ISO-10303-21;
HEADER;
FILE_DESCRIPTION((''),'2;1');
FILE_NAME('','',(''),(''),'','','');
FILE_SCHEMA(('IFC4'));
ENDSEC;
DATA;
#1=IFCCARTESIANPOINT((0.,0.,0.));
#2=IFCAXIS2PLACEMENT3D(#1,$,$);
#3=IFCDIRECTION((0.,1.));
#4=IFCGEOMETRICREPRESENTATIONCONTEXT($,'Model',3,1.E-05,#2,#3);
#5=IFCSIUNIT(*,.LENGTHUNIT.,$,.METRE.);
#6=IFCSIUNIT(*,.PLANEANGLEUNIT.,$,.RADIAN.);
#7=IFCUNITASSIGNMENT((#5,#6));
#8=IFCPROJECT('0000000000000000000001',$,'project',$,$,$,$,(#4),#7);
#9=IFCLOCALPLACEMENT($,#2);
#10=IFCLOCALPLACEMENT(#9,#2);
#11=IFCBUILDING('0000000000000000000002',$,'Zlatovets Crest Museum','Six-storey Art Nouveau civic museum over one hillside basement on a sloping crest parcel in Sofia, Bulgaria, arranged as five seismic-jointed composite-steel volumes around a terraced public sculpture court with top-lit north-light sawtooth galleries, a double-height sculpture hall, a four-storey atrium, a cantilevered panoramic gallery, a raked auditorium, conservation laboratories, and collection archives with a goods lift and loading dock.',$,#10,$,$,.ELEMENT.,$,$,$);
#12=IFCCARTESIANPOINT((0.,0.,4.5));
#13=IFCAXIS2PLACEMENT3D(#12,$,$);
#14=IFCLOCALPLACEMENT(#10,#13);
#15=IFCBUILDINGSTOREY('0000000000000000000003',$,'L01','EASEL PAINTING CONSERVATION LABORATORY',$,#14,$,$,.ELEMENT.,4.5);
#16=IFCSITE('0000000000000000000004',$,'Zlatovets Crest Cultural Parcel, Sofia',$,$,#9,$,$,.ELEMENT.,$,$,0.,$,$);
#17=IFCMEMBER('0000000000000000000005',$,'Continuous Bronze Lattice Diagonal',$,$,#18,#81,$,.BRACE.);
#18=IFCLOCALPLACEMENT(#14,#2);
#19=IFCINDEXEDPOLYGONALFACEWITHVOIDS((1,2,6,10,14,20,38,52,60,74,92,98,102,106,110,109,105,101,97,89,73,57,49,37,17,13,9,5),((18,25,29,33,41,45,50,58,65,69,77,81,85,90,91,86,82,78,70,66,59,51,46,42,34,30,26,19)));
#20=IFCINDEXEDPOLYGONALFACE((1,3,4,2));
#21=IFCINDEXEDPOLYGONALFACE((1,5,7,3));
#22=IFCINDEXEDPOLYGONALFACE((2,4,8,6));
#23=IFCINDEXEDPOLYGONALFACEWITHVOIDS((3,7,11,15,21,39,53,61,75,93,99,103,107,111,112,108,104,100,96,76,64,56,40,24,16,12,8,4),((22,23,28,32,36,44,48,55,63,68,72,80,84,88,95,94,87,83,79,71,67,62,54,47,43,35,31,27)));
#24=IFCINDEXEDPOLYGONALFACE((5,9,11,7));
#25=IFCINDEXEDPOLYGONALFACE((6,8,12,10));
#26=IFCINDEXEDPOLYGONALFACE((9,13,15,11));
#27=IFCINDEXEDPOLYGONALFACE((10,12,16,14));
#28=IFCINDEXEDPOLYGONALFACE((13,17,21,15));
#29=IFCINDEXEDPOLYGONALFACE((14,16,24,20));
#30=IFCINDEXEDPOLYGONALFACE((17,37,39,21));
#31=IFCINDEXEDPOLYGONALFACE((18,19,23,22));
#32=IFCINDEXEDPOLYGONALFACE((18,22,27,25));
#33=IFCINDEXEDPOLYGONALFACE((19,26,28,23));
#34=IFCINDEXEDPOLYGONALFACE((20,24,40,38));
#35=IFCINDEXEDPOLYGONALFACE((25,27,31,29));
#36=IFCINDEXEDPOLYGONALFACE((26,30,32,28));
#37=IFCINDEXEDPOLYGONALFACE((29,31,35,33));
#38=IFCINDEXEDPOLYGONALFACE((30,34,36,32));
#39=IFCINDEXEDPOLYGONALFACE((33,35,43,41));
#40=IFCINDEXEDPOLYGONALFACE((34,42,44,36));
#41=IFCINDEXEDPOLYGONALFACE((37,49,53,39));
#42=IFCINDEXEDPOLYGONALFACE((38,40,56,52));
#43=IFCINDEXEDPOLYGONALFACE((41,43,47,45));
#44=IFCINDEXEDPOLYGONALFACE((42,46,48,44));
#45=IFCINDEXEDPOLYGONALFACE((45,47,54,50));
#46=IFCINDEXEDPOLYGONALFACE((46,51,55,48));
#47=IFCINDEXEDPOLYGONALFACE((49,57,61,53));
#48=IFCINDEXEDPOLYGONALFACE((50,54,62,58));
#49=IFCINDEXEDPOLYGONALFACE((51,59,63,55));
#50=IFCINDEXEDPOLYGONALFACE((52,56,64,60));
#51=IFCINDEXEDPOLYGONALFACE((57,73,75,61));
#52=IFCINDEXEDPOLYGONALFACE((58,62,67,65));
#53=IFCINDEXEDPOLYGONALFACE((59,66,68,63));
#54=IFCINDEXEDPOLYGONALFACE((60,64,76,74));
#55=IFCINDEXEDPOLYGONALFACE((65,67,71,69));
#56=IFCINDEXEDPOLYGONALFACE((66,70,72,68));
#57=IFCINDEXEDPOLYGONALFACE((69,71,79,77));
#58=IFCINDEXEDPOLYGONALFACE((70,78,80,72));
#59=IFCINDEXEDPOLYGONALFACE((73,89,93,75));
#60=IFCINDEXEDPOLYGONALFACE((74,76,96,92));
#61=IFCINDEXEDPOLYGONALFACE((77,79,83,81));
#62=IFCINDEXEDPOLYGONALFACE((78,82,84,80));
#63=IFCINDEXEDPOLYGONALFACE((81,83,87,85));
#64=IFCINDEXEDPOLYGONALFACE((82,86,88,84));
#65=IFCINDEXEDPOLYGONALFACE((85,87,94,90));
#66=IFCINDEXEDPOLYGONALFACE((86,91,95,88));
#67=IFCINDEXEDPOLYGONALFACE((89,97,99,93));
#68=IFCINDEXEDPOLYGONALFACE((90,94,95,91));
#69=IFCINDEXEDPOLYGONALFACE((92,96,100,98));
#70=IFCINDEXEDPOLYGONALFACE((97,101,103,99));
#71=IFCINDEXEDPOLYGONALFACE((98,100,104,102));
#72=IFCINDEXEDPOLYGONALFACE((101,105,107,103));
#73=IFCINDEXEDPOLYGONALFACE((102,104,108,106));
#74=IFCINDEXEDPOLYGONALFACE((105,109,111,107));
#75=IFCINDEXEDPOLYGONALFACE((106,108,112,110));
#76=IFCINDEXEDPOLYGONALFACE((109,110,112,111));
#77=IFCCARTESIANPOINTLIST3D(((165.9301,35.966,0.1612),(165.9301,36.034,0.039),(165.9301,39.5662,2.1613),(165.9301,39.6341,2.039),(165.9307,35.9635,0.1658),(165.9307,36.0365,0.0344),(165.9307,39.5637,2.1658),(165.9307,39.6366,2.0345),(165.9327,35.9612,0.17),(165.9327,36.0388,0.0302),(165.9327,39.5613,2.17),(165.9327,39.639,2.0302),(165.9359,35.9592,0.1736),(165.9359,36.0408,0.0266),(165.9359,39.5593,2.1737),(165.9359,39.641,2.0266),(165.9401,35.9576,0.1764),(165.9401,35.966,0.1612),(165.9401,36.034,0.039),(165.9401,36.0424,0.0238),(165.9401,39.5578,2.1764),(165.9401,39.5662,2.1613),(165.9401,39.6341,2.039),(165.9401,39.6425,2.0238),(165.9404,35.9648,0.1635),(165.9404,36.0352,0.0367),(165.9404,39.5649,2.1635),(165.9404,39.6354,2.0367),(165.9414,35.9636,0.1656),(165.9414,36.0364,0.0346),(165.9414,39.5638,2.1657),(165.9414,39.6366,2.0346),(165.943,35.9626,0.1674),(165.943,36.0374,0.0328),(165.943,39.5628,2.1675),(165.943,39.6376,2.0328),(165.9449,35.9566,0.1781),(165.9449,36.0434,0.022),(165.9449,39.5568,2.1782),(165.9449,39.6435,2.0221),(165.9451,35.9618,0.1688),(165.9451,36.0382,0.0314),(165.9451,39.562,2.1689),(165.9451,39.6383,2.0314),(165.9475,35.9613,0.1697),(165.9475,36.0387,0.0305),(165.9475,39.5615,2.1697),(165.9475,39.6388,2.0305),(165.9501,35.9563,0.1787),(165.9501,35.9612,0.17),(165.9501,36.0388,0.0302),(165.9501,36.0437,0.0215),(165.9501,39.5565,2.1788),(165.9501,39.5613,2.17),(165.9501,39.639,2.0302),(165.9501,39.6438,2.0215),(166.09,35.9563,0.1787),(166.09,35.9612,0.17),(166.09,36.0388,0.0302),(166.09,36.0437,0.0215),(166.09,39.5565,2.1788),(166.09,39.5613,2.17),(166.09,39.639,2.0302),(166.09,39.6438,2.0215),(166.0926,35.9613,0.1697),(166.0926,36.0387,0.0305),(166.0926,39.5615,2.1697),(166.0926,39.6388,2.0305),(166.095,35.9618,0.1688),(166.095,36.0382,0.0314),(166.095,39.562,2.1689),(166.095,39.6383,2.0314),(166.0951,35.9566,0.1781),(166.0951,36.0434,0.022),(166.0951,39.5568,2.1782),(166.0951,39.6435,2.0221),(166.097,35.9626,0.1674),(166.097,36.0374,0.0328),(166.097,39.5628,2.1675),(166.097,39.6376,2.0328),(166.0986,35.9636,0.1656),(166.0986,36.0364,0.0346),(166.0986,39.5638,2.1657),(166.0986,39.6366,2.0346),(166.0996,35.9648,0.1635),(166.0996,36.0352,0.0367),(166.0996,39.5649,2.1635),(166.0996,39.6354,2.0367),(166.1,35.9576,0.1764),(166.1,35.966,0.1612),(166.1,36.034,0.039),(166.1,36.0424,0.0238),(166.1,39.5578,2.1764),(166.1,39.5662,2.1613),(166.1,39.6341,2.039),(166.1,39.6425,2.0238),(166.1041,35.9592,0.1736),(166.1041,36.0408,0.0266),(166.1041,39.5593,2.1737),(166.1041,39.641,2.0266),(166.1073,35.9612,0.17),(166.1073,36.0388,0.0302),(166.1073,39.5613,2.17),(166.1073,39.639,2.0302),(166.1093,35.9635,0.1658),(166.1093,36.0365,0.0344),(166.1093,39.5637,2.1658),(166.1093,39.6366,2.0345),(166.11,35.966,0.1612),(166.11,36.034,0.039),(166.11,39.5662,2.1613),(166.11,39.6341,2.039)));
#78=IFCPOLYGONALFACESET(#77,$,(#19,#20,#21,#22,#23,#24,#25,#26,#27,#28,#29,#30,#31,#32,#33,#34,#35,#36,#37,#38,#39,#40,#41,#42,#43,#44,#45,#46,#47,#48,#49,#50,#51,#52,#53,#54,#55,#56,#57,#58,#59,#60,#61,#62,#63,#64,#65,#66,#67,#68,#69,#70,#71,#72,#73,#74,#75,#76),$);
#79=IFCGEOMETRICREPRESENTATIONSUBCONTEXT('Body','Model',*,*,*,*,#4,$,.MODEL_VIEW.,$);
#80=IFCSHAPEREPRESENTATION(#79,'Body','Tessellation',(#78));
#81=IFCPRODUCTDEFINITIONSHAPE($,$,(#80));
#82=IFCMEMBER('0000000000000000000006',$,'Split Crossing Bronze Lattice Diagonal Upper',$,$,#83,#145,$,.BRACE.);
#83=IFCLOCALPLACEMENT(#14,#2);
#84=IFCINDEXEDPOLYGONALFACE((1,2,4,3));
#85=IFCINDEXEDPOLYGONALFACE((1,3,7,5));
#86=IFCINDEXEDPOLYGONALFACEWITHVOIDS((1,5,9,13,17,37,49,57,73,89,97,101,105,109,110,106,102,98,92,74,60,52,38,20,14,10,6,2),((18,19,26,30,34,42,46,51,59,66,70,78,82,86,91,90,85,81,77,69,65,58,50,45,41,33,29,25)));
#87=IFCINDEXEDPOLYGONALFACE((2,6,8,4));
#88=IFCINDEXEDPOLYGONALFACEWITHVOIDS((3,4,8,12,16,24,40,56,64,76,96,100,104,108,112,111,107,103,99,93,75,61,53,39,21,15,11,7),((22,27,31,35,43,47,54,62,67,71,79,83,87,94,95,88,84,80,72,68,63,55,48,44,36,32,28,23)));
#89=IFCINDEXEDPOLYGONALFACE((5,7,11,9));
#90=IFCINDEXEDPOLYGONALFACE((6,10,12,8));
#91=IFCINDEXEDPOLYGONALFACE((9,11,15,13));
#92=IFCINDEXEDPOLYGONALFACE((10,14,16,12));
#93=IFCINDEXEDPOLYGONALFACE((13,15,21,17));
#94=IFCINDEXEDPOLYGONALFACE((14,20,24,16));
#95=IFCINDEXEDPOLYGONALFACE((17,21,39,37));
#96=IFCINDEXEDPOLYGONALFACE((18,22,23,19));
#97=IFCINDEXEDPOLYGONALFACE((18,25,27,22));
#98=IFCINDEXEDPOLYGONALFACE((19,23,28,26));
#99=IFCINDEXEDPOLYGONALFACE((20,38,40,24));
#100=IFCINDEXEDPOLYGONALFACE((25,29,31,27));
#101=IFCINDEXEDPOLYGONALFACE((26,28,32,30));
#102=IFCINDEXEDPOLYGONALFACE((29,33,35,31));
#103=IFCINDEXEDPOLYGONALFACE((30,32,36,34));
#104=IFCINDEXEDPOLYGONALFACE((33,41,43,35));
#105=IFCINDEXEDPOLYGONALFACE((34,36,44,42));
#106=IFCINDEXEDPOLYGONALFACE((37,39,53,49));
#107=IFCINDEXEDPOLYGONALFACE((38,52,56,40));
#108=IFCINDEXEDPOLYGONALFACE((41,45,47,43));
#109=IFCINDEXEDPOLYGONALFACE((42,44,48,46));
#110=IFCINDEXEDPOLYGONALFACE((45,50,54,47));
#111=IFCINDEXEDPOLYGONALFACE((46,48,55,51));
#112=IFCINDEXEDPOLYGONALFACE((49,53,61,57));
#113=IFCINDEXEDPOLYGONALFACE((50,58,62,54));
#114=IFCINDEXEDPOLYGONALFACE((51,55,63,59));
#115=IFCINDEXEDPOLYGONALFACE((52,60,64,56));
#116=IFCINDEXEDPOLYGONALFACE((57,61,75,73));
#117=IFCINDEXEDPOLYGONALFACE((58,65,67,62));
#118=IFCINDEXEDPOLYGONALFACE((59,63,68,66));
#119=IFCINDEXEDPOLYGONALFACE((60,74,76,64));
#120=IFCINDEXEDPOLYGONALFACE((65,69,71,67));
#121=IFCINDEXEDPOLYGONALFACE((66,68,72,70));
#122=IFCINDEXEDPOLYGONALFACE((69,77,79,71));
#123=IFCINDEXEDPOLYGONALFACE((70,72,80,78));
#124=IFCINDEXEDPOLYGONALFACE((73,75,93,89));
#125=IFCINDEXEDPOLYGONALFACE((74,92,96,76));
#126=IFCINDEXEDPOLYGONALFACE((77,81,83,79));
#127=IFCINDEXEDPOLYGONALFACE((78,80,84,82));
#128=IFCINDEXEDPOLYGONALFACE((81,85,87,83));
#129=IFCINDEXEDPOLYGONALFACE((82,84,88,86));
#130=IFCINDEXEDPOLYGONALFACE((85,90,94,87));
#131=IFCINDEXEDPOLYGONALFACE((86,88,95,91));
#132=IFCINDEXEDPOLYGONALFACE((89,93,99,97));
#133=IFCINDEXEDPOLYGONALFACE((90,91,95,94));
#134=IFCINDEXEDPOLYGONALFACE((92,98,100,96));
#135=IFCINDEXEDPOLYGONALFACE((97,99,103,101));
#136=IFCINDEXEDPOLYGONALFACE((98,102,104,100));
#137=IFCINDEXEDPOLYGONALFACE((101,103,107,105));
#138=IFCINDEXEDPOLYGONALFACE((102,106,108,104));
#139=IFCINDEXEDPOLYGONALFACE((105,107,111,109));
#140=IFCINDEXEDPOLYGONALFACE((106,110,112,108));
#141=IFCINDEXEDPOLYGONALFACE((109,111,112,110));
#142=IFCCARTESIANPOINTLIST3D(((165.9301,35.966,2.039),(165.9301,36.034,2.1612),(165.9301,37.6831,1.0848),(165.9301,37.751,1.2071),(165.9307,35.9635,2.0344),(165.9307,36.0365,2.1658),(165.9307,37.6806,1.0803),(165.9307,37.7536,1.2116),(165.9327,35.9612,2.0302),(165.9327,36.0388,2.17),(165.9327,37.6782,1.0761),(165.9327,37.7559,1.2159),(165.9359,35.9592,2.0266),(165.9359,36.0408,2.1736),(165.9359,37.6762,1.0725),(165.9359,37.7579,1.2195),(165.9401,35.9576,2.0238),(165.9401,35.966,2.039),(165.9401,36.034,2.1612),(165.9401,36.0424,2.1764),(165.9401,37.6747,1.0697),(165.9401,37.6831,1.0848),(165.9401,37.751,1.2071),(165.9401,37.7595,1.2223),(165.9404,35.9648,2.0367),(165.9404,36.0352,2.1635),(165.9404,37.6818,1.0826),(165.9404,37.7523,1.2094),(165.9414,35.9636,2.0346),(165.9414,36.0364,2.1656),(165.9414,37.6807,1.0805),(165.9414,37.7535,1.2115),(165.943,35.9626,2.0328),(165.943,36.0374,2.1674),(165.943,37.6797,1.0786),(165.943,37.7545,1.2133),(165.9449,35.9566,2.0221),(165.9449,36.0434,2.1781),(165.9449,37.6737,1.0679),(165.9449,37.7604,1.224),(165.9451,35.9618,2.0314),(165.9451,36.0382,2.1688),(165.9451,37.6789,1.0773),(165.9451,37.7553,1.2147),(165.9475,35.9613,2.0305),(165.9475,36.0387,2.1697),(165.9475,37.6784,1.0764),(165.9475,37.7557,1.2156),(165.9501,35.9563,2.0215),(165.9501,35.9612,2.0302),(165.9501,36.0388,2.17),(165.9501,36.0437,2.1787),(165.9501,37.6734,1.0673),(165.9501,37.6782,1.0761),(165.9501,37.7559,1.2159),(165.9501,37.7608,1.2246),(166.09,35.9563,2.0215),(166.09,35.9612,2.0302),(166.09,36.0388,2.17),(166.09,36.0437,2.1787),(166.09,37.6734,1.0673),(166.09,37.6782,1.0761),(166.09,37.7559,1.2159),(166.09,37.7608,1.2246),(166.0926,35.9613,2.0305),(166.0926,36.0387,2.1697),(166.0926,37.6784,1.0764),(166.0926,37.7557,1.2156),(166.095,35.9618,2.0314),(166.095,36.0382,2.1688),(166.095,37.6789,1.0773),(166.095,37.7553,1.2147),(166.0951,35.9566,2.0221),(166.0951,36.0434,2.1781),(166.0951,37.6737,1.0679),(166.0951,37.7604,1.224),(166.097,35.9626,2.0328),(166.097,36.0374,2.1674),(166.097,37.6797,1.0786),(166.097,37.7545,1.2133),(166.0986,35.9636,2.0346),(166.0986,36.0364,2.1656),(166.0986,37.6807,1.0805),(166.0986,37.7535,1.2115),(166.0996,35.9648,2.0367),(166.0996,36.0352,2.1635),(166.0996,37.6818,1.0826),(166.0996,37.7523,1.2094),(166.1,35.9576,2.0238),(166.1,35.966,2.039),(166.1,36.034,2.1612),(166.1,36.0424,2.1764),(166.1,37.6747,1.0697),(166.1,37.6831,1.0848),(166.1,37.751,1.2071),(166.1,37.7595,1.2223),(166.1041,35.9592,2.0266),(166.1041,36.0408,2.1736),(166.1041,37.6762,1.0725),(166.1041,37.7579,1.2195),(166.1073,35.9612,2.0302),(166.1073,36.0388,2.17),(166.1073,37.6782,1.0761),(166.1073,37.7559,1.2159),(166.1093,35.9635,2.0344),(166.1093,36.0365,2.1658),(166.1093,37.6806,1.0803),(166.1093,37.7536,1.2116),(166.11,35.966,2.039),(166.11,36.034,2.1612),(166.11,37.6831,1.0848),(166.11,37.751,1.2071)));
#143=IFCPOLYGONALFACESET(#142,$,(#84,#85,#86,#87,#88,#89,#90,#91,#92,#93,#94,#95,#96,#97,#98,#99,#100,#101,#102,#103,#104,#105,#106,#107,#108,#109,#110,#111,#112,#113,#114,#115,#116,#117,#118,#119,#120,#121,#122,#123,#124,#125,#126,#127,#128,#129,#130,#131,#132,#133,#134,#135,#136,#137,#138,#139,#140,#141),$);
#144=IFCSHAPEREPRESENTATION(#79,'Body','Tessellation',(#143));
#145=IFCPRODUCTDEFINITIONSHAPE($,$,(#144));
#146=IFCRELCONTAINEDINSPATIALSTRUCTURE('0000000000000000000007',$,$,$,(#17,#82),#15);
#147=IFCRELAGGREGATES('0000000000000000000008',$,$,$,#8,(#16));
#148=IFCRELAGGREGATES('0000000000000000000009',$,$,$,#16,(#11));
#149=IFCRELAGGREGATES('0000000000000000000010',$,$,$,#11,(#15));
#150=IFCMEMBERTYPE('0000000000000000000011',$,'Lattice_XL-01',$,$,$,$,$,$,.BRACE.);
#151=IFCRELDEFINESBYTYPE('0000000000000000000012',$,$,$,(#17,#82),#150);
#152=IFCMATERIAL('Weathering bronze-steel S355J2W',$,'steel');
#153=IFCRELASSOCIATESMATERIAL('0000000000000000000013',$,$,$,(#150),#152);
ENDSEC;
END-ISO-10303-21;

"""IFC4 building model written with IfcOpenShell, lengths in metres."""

from ifc_helpers import new_model, si_unit, direction, frame, origin, origin_2d, place, context, subcontext, project, spatial, hollow_rectangle, extrude, material, material_profile, profile_set, type_object, element, save


model = new_model("IFC4")

# Units and contexts
model_context = context("Model", 3, precision=1e-05, world=origin(), true_north=direction((0.0, 1.0)))
body_context = subcontext(model_context, "Body", "Model", "MODEL_VIEW")
ifc_project = project(units=[si_unit("LENGTHUNIT", "METRE"), si_unit("PLANEANGLEUNIT", "RADIAN")], contexts=[model_context])

# Site, building, storey
site_placement = place(None, origin())
site = spatial("IfcSite", under=ifc_project, at=site_placement, Name="Zlatovets Crest Cultural Parcel, Sofia", CompositionType="ELEMENT", RefElevation=0.0)
building_placement = place(site_placement, origin())
building = spatial("IfcBuilding", under=site, at=building_placement, Name="Zlatovets Crest Museum", Description="Six-storey Art Nouveau civic museum over one hillside basement on a sloping crest parcel in Sofia, Bulgaria, arranged as five seismic-jointed composite-steel volumes around a terraced public sculpture court with top-lit north-light sawtooth galleries, a double-height sculpture hall, a four-storey atrium, a cantilevered panoramic gallery, a raked auditorium, conservation laboratories, and collection archives with a goods lift and loading dock.", CompositionType="ELEMENT")
storey_placement = place(building_placement, frame((0.0, 0.0, 4.5)))
storey = spatial("IfcBuildingStorey", under=building, at=storey_placement, Name="L01", Description="EASEL PAINTING CONSERVATION LABORATORY", CompositionType="ELEMENT", Elevation=4.5)

# Members
ifc_material_1 = material(Name="Weathering bronze-steel S355J2W", Category="steel")
ifc_material_profile_1 = material_profile(ifc_material_1, hollow_rectangle(XDim=0.1799, YDim=0.1799, WallThickness=0.01, InnerFilletRadius=0.01, OuterFilletRadius=0.02, at=origin_2d()), Name="SHS 180x180x10.0")
ifc_profile_set_1 = profile_set([ifc_material_profile_1], Name="Weathering bronze-steel S355J2W")
member_type_1 = type_object("IfcMemberType", Name="Lattice_XL-01", PredefinedType="BRACE", material=ifc_profile_set_1)
member_1_placement = place(storey_placement, frame((166.02, 36.0, 0.1001), z_axis=(0.0, 0.874163, 0.485633), x_axis=(-1.0, 0.0, 0.0)))
element("IfcMember", 1, at=member_1_placement, inside=storey, type_object=member_type_1, Name="Continuous Bronze Lattice Diagonal", PredefinedType="BRACE", context=body_context, shape_type="SweptSolid", body=[
    extrude(hollow_rectangle(XDim=0.1799, YDim=0.1799, WallThickness=0.01, InnerFilletRadius=0.01, OuterFilletRadius=0.02, at=origin_2d()), origin(), (0.0, 0.0, 1.0), 4.1184),
])
member_2_placement = place(storey_placement, frame((166.02, 36.0, 2.1001), z_axis=(0.0, 0.874116, -0.485717), x_axis=(-1.0, 0.0, 0.0)))
element("IfcMember", 2, at=member_2_placement, inside=storey, type_object=member_type_1, Name="Split Crossing Bronze Lattice Diagonal Upper", PredefinedType="BRACE", context=body_context, shape_type="SweptSolid", body=[
    extrude(hollow_rectangle(XDim=0.1799, YDim=0.1799, WallThickness=0.01, InnerFilletRadius=0.01, OuterFilletRadius=0.02, at=origin_2d()), origin(), (0.0, 0.0, 1.0), 1.9644),
])

save(model, "model.ifc")
